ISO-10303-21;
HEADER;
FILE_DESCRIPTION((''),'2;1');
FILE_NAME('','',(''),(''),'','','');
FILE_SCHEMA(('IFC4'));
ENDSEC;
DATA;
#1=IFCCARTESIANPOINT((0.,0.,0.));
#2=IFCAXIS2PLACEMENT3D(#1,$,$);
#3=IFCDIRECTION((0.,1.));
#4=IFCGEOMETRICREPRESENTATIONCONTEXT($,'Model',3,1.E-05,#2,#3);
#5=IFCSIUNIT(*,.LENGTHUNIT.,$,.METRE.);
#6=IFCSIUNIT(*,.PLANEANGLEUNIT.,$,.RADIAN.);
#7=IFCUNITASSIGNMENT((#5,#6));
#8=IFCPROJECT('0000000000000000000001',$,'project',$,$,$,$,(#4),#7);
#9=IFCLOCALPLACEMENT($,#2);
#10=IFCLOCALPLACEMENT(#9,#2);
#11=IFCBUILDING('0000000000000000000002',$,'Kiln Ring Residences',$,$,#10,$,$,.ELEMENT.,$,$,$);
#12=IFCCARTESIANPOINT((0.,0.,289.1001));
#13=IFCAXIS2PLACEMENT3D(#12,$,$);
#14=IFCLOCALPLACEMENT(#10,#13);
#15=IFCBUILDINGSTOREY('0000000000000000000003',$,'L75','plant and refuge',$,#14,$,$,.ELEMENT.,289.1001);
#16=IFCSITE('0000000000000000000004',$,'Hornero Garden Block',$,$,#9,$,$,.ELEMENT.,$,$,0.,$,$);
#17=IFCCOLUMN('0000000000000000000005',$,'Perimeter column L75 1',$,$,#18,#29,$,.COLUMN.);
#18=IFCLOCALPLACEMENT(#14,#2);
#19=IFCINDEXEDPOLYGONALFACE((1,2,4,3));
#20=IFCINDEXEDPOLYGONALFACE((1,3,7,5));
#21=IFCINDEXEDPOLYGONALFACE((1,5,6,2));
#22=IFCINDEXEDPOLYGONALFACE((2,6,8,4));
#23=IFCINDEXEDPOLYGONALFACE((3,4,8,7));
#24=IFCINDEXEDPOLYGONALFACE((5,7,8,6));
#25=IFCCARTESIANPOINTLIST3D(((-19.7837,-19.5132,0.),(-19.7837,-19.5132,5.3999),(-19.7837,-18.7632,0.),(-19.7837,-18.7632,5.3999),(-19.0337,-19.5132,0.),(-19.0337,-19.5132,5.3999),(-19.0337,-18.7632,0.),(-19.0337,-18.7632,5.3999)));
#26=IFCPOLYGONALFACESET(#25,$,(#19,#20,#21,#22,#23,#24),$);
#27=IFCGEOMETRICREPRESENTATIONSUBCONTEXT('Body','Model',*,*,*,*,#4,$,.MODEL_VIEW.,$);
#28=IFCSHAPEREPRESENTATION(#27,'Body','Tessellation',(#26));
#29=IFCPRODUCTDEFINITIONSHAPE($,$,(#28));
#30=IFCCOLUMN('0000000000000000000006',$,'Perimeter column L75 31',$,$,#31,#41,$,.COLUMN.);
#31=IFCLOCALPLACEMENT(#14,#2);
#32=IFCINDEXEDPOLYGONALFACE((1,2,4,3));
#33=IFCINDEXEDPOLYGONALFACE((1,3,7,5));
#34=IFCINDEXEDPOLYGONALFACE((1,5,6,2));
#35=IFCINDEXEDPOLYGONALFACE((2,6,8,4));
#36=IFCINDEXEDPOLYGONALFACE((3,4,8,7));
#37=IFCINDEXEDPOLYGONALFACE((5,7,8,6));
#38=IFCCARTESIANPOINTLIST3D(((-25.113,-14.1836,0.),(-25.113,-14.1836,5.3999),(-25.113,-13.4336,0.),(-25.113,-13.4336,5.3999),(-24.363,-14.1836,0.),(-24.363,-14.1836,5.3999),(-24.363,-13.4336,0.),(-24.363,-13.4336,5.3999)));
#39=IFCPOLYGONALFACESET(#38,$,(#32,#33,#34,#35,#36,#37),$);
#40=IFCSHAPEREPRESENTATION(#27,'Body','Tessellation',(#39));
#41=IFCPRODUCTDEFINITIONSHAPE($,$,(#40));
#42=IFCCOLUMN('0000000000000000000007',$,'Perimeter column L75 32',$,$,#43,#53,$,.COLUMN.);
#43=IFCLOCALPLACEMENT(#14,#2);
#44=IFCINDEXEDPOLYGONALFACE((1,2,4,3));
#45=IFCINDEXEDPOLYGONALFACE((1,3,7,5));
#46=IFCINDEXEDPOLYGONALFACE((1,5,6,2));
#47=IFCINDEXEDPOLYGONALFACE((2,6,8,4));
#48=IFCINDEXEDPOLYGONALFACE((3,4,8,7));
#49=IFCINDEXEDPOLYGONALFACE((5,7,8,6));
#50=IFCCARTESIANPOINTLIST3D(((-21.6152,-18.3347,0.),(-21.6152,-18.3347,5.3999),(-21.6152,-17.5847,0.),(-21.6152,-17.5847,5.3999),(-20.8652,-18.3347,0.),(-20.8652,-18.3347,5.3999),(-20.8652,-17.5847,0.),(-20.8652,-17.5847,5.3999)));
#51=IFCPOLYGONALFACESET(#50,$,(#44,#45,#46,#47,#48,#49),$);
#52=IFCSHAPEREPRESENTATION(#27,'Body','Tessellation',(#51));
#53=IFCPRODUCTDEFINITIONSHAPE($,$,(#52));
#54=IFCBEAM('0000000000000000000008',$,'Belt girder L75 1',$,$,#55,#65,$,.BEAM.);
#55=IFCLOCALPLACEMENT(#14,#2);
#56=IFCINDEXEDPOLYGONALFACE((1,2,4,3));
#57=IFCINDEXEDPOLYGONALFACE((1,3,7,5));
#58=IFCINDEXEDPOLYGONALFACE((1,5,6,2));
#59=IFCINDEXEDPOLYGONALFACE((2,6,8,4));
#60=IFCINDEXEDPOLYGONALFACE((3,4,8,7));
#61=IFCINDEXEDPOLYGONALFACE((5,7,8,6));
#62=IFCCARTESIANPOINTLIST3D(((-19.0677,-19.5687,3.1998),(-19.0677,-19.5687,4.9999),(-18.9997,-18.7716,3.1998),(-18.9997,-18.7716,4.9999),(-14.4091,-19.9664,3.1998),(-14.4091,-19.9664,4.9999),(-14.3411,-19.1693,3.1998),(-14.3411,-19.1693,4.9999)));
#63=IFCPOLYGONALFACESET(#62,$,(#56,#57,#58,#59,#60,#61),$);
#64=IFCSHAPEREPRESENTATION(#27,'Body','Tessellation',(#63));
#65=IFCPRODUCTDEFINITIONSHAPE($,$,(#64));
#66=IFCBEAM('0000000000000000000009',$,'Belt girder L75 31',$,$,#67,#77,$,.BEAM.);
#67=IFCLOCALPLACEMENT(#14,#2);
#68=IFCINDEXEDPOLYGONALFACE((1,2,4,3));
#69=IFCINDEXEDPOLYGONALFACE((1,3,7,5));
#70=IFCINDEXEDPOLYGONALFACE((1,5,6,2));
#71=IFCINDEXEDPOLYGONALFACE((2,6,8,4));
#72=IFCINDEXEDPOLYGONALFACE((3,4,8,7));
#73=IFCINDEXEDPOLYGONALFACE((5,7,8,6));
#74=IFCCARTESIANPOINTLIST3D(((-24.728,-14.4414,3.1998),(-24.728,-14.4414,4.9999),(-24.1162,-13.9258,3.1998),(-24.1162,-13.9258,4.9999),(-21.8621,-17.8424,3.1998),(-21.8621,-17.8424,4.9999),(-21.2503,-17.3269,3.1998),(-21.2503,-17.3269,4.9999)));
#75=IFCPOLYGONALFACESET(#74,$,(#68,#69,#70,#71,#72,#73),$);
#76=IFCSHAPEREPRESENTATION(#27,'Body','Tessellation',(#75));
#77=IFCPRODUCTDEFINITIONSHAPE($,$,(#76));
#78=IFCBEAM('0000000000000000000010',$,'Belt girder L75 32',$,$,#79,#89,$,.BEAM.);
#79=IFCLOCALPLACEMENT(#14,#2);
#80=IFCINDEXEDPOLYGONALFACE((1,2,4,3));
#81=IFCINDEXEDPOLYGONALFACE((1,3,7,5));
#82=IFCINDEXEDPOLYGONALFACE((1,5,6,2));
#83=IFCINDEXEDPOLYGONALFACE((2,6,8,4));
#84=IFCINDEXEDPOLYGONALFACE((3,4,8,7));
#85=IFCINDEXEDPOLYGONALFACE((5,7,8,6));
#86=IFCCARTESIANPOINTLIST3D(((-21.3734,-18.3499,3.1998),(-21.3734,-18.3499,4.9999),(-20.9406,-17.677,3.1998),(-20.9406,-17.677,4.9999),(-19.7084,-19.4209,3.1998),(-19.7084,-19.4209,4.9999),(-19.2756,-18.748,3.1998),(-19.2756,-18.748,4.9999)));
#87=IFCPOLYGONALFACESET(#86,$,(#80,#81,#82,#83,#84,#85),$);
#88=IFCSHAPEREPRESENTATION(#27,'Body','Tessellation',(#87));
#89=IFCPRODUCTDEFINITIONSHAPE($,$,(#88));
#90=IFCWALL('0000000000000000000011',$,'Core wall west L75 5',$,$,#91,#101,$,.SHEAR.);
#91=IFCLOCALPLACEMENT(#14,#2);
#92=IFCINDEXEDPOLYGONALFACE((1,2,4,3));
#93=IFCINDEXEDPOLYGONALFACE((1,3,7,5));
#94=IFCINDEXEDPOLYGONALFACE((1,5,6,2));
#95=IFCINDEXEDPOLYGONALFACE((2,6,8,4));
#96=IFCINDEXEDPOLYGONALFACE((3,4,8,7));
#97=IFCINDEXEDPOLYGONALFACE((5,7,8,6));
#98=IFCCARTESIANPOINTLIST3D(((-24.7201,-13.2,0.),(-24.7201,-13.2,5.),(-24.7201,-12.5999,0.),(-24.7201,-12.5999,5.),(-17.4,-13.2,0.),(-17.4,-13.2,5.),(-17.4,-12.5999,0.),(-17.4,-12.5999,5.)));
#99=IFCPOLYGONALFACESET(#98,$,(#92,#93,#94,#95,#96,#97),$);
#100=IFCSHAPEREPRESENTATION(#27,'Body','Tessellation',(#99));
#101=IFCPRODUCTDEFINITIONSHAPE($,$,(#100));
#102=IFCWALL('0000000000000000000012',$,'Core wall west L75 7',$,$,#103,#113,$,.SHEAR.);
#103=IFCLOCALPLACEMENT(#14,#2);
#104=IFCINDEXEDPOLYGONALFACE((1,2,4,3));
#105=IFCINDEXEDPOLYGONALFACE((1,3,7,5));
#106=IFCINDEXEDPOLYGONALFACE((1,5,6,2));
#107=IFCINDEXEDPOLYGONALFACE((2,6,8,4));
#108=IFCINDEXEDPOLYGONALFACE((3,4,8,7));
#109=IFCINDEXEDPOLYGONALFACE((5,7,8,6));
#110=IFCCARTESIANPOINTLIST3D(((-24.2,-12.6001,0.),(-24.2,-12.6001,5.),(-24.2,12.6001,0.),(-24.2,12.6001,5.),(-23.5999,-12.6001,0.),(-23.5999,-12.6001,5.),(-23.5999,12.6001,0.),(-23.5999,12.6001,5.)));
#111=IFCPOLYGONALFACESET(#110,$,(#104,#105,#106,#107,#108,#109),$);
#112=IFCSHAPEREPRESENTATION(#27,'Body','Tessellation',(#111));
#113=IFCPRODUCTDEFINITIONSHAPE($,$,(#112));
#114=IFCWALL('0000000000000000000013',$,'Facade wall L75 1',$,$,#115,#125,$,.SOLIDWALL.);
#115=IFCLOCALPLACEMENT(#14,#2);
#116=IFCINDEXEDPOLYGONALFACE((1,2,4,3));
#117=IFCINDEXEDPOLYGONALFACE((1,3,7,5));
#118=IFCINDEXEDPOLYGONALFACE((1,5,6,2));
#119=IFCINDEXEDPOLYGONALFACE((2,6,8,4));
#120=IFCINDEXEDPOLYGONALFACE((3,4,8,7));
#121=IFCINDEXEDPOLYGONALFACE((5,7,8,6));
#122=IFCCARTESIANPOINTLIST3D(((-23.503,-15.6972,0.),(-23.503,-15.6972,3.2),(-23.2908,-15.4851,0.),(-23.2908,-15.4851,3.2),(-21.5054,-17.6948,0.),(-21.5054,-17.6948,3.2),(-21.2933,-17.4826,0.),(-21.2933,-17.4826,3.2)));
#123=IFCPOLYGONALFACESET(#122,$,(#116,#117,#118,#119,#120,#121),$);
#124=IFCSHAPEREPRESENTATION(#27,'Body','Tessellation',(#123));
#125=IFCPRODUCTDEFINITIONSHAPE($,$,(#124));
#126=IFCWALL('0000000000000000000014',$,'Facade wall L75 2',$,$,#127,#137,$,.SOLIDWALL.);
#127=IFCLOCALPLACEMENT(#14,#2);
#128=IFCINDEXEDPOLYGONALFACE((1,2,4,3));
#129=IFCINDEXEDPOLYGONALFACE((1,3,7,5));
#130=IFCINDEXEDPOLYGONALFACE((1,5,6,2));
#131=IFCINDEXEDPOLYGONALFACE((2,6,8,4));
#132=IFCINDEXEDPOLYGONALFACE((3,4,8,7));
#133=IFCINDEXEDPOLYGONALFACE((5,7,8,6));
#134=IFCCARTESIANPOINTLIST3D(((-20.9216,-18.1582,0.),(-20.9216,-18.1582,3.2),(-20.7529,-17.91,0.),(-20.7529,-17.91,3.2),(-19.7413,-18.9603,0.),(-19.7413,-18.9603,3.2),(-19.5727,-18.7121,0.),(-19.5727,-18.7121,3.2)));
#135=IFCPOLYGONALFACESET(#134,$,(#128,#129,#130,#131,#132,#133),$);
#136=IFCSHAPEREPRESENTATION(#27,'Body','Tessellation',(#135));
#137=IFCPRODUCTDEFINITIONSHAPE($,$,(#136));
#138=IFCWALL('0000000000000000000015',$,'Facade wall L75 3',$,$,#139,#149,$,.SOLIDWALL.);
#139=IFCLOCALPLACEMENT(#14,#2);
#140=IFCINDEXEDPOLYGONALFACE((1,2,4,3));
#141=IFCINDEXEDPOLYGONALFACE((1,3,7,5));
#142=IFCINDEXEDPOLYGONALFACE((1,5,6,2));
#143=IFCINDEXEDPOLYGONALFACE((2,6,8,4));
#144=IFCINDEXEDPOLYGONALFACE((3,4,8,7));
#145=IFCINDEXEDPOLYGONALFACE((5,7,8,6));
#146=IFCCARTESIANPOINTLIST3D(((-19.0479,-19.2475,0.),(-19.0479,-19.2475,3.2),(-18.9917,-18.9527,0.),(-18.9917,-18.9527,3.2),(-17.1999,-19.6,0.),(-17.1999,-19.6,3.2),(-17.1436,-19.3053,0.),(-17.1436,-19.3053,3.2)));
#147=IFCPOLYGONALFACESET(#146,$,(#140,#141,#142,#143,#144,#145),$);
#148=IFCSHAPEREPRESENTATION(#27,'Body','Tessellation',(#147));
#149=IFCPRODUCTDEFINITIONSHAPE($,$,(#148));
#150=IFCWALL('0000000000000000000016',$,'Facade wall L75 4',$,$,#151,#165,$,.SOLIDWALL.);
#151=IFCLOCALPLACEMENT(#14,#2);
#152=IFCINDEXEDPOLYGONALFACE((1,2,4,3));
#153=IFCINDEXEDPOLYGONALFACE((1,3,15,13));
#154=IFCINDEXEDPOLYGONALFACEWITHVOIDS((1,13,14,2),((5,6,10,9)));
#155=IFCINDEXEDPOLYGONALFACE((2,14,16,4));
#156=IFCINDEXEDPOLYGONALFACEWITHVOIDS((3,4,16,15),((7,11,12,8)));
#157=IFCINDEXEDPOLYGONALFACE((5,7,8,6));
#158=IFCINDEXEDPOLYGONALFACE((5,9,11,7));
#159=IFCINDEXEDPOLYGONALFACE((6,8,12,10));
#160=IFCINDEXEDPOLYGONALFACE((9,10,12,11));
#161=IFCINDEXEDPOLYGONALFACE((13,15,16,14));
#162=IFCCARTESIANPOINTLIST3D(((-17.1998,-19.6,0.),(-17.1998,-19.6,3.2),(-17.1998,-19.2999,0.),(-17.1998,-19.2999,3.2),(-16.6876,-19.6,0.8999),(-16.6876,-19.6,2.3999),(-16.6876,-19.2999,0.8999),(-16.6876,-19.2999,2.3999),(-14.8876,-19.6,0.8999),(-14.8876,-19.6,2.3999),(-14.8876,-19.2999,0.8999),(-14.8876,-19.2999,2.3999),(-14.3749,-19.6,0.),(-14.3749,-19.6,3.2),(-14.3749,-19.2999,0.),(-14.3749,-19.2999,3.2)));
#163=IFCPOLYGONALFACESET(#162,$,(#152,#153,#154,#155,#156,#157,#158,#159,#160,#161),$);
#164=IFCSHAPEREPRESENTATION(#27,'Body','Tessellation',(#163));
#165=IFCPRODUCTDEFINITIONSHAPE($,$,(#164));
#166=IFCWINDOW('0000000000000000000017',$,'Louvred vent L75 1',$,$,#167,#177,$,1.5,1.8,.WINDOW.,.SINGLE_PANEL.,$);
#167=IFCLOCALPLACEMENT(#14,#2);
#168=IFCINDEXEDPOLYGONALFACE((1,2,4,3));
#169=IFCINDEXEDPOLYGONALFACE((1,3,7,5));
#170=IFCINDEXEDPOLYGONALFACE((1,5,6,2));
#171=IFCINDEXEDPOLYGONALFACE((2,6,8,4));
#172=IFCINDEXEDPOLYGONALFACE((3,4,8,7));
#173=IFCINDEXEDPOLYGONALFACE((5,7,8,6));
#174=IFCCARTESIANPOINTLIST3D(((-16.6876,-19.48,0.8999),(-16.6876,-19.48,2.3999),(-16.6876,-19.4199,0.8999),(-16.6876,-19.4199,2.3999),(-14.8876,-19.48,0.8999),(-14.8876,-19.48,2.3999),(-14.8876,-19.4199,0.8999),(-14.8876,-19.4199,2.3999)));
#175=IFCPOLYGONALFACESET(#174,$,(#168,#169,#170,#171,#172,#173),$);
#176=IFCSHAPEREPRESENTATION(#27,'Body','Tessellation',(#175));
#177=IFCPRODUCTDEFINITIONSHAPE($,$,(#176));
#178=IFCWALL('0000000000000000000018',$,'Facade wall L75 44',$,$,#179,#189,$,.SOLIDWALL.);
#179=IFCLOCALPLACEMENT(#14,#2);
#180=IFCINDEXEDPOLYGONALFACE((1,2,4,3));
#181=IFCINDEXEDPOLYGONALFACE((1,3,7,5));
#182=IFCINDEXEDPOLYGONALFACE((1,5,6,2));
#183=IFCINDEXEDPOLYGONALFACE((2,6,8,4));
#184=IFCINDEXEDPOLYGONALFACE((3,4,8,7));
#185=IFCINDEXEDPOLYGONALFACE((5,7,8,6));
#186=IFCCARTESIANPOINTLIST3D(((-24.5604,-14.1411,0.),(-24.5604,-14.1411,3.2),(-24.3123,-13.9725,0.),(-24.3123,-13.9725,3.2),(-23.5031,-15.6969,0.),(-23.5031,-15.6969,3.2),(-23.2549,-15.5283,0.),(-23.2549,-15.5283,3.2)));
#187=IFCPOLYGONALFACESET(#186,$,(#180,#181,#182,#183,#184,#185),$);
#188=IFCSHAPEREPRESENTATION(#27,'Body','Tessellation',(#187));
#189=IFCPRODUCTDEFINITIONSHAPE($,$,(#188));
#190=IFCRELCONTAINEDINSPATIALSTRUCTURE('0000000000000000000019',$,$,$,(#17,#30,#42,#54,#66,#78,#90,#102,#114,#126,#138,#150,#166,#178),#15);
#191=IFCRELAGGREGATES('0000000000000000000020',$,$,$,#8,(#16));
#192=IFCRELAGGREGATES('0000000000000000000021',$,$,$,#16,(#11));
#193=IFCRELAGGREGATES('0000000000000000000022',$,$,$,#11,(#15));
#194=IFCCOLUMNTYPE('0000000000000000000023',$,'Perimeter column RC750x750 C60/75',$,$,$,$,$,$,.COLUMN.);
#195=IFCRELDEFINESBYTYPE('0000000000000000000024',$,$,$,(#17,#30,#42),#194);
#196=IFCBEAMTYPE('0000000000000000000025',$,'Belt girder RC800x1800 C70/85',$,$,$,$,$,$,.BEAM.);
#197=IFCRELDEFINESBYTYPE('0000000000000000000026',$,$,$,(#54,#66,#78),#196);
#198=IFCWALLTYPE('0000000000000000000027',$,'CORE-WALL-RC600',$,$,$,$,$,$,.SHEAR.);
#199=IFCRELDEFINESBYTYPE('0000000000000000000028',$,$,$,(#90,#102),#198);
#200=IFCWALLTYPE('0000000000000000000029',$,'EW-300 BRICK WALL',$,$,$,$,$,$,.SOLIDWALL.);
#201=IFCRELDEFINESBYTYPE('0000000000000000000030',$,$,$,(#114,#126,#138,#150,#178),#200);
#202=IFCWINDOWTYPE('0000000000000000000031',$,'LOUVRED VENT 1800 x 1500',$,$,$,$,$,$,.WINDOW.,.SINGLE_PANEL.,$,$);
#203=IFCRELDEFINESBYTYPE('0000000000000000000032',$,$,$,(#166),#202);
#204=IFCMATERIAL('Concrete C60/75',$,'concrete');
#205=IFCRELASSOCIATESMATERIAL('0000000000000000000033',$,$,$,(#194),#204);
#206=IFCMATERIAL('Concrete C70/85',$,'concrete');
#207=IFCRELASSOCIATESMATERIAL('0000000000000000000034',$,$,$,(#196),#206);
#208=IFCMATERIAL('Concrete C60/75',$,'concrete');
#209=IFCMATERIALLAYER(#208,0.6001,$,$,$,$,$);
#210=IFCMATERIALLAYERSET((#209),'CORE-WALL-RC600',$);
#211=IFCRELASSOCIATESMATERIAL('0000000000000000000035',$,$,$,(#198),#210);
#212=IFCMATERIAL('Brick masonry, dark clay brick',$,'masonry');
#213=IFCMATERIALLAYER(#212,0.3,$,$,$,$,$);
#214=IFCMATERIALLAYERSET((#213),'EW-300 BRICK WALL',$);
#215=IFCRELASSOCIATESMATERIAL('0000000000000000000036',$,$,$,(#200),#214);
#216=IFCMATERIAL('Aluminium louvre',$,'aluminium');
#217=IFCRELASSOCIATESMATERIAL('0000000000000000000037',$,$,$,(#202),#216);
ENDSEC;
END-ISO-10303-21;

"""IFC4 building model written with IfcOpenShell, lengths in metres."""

from ifc_helpers import new_model, si_unit, direction, frame, frame_2d, origin, origin_2d, place, context, subcontext, project, spatial, rectangle, extrude, material, layer, layer_set, material_profile, profile_set, type_object, element, fill, save


model = new_model("IFC4")

# Units and contexts
model_context = context("Model", 3, precision=1e-05, world=origin(), true_north=direction((0.0, 1.0)))
body_context = subcontext(model_context, "Body", "Model", "MODEL_VIEW")
ifc_project = project(units=[si_unit("LENGTHUNIT", "METRE"), si_unit("PLANEANGLEUNIT", "RADIAN")], contexts=[model_context])

# Site, building, storey
site_placement = place(None, origin())
site = spatial("IfcSite", under=ifc_project, at=site_placement, Name="Hornero Garden Block", CompositionType="ELEMENT", RefElevation=0.0)
building_placement = place(site_placement, origin())
building = spatial("IfcBuilding", under=site, at=building_placement, Name="Kiln Ring Residences", CompositionType="ELEMENT")
storey_placement = place(building_placement, frame((0.0, 0.0, 289.1001)))
storey = spatial("IfcBuildingStorey", under=building, at=storey_placement, Name="L75", Description="plant and refuge", CompositionType="ELEMENT", Elevation=289.1001)

# Columns
ifc_material_1 = material(Name="Concrete C60/75", Category="concrete")
ifc_material_profile_1 = material_profile(ifc_material_1, rectangle(XDim=0.75, YDim=0.75, at=origin_2d()), Name="RC750x750")
ifc_profile_set_1 = profile_set([ifc_material_profile_1], Name="Concrete C60/75")
column_type = type_object("IfcColumnType", Name="Perimeter column RC750x750 C60/75", PredefinedType="COLUMN", material=ifc_profile_set_1)
for number, where, z_axis, x_axis, name in (
    (1, (-19.4087, -19.1382, 0.0), (0.0, 0.0, 1.0), (1.0, 0.0, 0.0), "Perimeter column L75 1"),
    (2, (-24.738, -13.8086, 0.0), (0.0, 0.0, 1.0), (1.0, 0.0, 0.0), "Perimeter column L75 31"),
    (3, (-21.2402, -17.9597, 0.0), (0.0, 0.0, 1.0), (1.0, 0.0, 0.0), "Perimeter column L75 32"),
):
    element("IfcColumn", number, at=place(storey_placement, frame(where, z_axis=z_axis, x_axis=x_axis)), inside=storey, type_object=column_type, Name=name, PredefinedType="COLUMN", context=body_context, shape_type="SweptSolid", body=[
        extrude(rectangle(XDim=0.75, YDim=0.75, at=origin_2d()), origin(), (0.0, 0.0, 1.0), 5.3999),
    ])

# Beams
ifc_material_2 = material(Name="Concrete C70/85", Category="concrete")
ifc_material_profile_2 = material_profile(ifc_material_2, rectangle(XDim=0.8, YDim=1.8, at=origin_2d()), Name="RC800x1800")
ifc_profile_set_2 = profile_set([ifc_material_profile_2], Name="Concrete C70/85")
beam_type = type_object("IfcBeamType", Name="Belt girder RC800x1800 C70/85", PredefinedType="BEAM", material=ifc_profile_set_2)
beam_1_placement = place(storey_placement, frame((-19.0337, -19.1702, 4.0999), z_axis=(0.996376, -0.085059, 0.0), x_axis=(0.085059, 0.996376, 0.0)))
element("IfcBeam", 4, at=beam_1_placement, inside=storey, type_object=beam_type, Name="Belt girder L75 1", PredefinedType="BEAM", context=body_context, shape_type="SweptSolid", body=[
    extrude(rectangle(XDim=0.8, YDim=1.8, at=origin_2d()), origin(), (0.0, 0.0, 1.0), 4.6755),
])
beam_2_placement = place(storey_placement, frame((-24.4221, -14.1836, 4.0999), z_axis=(0.644381, -0.764705, 0.0), x_axis=(0.764705, 0.644381, 0.0)))
element("IfcBeam", 5, at=beam_2_placement, inside=storey, type_object=beam_type, Name="Belt girder L75 31", PredefinedType="BEAM", context=body_context, shape_type="SweptSolid", body=[
    extrude(rectangle(XDim=0.8, YDim=1.8, at=origin_2d()), origin(), (0.0, 0.0, 1.0), 4.4475),
])
beam_3_placement = place(storey_placement, frame((-21.157, -18.0134, 4.0999), z_axis=(0.841026, -0.540994, 0.0), x_axis=(0.540994, 0.841026, 0.0)))
element("IfcBeam", 6, at=beam_3_placement, inside=storey, type_object=beam_type, Name="Belt girder L75 32", PredefinedType="BEAM", context=body_context, shape_type="SweptSolid", body=[
    extrude(rectangle(XDim=0.8, YDim=1.8, at=origin_2d()), origin(), (0.0, 0.0, 1.0), 1.9797),
])

# Walls
ifc_material_3 = material(Name="Concrete C60/75", Category="concrete")
ifc_layer_1 = layer(ifc_material_3, 0.6001)
ifc_layer_set_1 = layer_set([ifc_layer_1], Name="CORE-WALL-RC600")
wall_type_1 = type_object("IfcWallType", Name="CORE-WALL-RC600", PredefinedType="SHEAR", material=ifc_layer_set_1)
wall_1_placement = place(storey_placement, frame((-17.3999, -12.8999, 0.0), z_axis=(0.0, 0.0, 1.0), x_axis=(-1.0, 0.0, 0.0)))
element("IfcWall", 7, at=wall_1_placement, inside=storey, type_object=wall_type_1, Name="Core wall west L75 5", PredefinedType="SHEAR", context=body_context, shape_type="SweptSolid", body=[
    extrude(rectangle(XDim=7.3201, YDim=0.6001, at=frame_2d((3.6602, 0.0))), origin(), (0.0, 0.0, 1.0), 5.0),
])
wall_2_placement = place(storey_placement, frame((-23.8999, -12.6001, 0.0), z_axis=(0.0, 0.0, 1.0), x_axis=(0.0, 1.0, 0.0)))
element("IfcWall", 8, at=wall_2_placement, inside=storey, type_object=wall_type_1, Name="Core wall west L75 7", PredefinedType="SHEAR", context=body_context, shape_type="SweptSolid", body=[
    extrude(rectangle(XDim=25.2002, YDim=0.6001, at=frame_2d((12.6001, 0.0))), origin(), (0.0, 0.0, 1.0), 5.0),
])
ifc_material_4 = material(Name="Brick masonry, dark clay brick", Category="masonry")
ifc_layer_2 = layer(ifc_material_4, 0.3)
ifc_layer_set_2 = layer_set([ifc_layer_2], Name="EW-300 BRICK WALL")
wall_type_2 = type_object("IfcWallType", Name="EW-300 BRICK WALL", PredefinedType="SOLIDWALL", material=ifc_layer_set_2)
wall_3_placement = place(storey_placement, frame((-23.397, -15.5911, 0.0), z_axis=(0.0, 0.0, 1.0), x_axis=(0.707107, -0.707107, 0.0)))
element("IfcWall", 9, at=wall_3_placement, inside=storey, type_object=wall_type_2, Name="Facade wall L75 1", PredefinedType="SOLIDWALL", context=body_context, shape_type="SweptSolid", body=[
    extrude(rectangle(XDim=2.825, YDim=0.3, at=frame_2d((1.4126, 0.0))), origin(), (0.0, 0.0, 1.0), 3.2),
])
wall_4_placement = place(storey_placement, frame((-20.8372, -18.0342, 0.0), z_axis=(0.0, 0.0, 1.0), x_axis=(0.827095, -0.562062, 0.0)))
element("IfcWall", 10, at=wall_4_placement, inside=storey, type_object=wall_type_2, Name="Facade wall L75 2", PredefinedType="SOLIDWALL", context=body_context, shape_type="SweptSolid", body=[
    extrude(rectangle(XDim=1.427, YDim=0.3, at=frame_2d((0.7134, 0.0))), origin(), (0.0, 0.0, 1.0), 3.2),
])
wall_5_placement = place(storey_placement, frame((-19.0198, -19.1001, 0.0), z_axis=(0.0, 0.0, 1.0), x_axis=(0.982284, -0.187398, 0.0)))
element("IfcWall", 11, at=wall_5_placement, inside=storey, type_object=wall_type_2, Name="Facade wall L75 3", PredefinedType="SOLIDWALL", context=body_context, shape_type="SweptSolid", body=[
    extrude(rectangle(XDim=1.8813, YDim=0.3, at=frame_2d((0.9407, 0.0))), origin(), (0.0, 0.0, 1.0), 3.2),
])

# Wall, opening, window
wall_6_placement = place(storey_placement, frame((-17.2, -19.45, 0.0), z_axis=(0.0, 0.0, 1.0), x_axis=(1.0, 0.0, 0.0)))
wall_6 = element("IfcWall", 12, at=wall_6_placement, inside=storey, type_object=wall_type_2, Name="Facade wall L75 4", PredefinedType="SOLIDWALL", context=body_context, shape_type="SweptSolid", body=[
    extrude(rectangle(XDim=2.825, YDim=0.3, at=frame_2d((1.4126, 0.0))), origin(), (0.0, 0.0, 1.0), 3.2),
])
opening_1_placement = place(wall_6_placement, frame((0.5125, 0.0, 0.8999)))
opening_1 = element("IfcOpeningElement", 13, at=opening_1_placement, cuts=wall_6, PredefinedType="OPENING", context=body_context, shape_type="SweptSolid", body=[
    extrude(rectangle(XDim=1.8, YDim=1.5, at=frame_2d((0.8999, 0.75))), frame((0.0, 0.1599, 0.0), z_axis=(0.0, -1.0, 0.0), x_axis=(1.0, 0.0, 0.0)), (0.0, 0.0, 1.0), 0.3201),
])
ifc_material_5 = material(Name="Aluminium louvre", Category="aluminium")
window_type = type_object("IfcWindowType", Name="LOUVRED VENT 1800 x 1500", PartitioningType="SINGLE_PANEL", PredefinedType="WINDOW", material=ifc_material_5)
window_placement = place(opening_1_placement, origin())
window = element("IfcWindow", 14, at=window_placement, inside=storey, type_object=window_type, Name="Louvred vent L75 1", OverallHeight=1.5, OverallWidth=1.8, PartitioningType="SINGLE_PANEL", PredefinedType="WINDOW", context=body_context, shape_type="SweptSolid", body=[
    extrude(rectangle(XDim=1.8, YDim=1.5, at=frame_2d((0.8999, 0.75))), frame((0.0, 0.03, 0.0), z_axis=(0.0, -1.0, 0.0), x_axis=(1.0, 0.0, 0.0)), (0.0, 0.0, 1.0), 0.0601),
])
fill(opening_1, window)

# Wall
wall_7_placement = place(storey_placement, frame((-24.4363, -14.0569, 0.0), z_axis=(0.0, 0.0, 1.0), x_axis=(0.562076, -0.827086, 0.0)))
element("IfcWall", 15, at=wall_7_placement, inside=storey, type_object=wall_type_2, Name="Facade wall L75 44", PredefinedType="SOLIDWALL", context=body_context, shape_type="SweptSolid", body=[
    extrude(rectangle(XDim=1.8811, YDim=0.3, at=frame_2d((0.9404, 0.0))), origin(), (0.0, 0.0, 1.0), 3.2),
])

save(model, "model.ifc")
